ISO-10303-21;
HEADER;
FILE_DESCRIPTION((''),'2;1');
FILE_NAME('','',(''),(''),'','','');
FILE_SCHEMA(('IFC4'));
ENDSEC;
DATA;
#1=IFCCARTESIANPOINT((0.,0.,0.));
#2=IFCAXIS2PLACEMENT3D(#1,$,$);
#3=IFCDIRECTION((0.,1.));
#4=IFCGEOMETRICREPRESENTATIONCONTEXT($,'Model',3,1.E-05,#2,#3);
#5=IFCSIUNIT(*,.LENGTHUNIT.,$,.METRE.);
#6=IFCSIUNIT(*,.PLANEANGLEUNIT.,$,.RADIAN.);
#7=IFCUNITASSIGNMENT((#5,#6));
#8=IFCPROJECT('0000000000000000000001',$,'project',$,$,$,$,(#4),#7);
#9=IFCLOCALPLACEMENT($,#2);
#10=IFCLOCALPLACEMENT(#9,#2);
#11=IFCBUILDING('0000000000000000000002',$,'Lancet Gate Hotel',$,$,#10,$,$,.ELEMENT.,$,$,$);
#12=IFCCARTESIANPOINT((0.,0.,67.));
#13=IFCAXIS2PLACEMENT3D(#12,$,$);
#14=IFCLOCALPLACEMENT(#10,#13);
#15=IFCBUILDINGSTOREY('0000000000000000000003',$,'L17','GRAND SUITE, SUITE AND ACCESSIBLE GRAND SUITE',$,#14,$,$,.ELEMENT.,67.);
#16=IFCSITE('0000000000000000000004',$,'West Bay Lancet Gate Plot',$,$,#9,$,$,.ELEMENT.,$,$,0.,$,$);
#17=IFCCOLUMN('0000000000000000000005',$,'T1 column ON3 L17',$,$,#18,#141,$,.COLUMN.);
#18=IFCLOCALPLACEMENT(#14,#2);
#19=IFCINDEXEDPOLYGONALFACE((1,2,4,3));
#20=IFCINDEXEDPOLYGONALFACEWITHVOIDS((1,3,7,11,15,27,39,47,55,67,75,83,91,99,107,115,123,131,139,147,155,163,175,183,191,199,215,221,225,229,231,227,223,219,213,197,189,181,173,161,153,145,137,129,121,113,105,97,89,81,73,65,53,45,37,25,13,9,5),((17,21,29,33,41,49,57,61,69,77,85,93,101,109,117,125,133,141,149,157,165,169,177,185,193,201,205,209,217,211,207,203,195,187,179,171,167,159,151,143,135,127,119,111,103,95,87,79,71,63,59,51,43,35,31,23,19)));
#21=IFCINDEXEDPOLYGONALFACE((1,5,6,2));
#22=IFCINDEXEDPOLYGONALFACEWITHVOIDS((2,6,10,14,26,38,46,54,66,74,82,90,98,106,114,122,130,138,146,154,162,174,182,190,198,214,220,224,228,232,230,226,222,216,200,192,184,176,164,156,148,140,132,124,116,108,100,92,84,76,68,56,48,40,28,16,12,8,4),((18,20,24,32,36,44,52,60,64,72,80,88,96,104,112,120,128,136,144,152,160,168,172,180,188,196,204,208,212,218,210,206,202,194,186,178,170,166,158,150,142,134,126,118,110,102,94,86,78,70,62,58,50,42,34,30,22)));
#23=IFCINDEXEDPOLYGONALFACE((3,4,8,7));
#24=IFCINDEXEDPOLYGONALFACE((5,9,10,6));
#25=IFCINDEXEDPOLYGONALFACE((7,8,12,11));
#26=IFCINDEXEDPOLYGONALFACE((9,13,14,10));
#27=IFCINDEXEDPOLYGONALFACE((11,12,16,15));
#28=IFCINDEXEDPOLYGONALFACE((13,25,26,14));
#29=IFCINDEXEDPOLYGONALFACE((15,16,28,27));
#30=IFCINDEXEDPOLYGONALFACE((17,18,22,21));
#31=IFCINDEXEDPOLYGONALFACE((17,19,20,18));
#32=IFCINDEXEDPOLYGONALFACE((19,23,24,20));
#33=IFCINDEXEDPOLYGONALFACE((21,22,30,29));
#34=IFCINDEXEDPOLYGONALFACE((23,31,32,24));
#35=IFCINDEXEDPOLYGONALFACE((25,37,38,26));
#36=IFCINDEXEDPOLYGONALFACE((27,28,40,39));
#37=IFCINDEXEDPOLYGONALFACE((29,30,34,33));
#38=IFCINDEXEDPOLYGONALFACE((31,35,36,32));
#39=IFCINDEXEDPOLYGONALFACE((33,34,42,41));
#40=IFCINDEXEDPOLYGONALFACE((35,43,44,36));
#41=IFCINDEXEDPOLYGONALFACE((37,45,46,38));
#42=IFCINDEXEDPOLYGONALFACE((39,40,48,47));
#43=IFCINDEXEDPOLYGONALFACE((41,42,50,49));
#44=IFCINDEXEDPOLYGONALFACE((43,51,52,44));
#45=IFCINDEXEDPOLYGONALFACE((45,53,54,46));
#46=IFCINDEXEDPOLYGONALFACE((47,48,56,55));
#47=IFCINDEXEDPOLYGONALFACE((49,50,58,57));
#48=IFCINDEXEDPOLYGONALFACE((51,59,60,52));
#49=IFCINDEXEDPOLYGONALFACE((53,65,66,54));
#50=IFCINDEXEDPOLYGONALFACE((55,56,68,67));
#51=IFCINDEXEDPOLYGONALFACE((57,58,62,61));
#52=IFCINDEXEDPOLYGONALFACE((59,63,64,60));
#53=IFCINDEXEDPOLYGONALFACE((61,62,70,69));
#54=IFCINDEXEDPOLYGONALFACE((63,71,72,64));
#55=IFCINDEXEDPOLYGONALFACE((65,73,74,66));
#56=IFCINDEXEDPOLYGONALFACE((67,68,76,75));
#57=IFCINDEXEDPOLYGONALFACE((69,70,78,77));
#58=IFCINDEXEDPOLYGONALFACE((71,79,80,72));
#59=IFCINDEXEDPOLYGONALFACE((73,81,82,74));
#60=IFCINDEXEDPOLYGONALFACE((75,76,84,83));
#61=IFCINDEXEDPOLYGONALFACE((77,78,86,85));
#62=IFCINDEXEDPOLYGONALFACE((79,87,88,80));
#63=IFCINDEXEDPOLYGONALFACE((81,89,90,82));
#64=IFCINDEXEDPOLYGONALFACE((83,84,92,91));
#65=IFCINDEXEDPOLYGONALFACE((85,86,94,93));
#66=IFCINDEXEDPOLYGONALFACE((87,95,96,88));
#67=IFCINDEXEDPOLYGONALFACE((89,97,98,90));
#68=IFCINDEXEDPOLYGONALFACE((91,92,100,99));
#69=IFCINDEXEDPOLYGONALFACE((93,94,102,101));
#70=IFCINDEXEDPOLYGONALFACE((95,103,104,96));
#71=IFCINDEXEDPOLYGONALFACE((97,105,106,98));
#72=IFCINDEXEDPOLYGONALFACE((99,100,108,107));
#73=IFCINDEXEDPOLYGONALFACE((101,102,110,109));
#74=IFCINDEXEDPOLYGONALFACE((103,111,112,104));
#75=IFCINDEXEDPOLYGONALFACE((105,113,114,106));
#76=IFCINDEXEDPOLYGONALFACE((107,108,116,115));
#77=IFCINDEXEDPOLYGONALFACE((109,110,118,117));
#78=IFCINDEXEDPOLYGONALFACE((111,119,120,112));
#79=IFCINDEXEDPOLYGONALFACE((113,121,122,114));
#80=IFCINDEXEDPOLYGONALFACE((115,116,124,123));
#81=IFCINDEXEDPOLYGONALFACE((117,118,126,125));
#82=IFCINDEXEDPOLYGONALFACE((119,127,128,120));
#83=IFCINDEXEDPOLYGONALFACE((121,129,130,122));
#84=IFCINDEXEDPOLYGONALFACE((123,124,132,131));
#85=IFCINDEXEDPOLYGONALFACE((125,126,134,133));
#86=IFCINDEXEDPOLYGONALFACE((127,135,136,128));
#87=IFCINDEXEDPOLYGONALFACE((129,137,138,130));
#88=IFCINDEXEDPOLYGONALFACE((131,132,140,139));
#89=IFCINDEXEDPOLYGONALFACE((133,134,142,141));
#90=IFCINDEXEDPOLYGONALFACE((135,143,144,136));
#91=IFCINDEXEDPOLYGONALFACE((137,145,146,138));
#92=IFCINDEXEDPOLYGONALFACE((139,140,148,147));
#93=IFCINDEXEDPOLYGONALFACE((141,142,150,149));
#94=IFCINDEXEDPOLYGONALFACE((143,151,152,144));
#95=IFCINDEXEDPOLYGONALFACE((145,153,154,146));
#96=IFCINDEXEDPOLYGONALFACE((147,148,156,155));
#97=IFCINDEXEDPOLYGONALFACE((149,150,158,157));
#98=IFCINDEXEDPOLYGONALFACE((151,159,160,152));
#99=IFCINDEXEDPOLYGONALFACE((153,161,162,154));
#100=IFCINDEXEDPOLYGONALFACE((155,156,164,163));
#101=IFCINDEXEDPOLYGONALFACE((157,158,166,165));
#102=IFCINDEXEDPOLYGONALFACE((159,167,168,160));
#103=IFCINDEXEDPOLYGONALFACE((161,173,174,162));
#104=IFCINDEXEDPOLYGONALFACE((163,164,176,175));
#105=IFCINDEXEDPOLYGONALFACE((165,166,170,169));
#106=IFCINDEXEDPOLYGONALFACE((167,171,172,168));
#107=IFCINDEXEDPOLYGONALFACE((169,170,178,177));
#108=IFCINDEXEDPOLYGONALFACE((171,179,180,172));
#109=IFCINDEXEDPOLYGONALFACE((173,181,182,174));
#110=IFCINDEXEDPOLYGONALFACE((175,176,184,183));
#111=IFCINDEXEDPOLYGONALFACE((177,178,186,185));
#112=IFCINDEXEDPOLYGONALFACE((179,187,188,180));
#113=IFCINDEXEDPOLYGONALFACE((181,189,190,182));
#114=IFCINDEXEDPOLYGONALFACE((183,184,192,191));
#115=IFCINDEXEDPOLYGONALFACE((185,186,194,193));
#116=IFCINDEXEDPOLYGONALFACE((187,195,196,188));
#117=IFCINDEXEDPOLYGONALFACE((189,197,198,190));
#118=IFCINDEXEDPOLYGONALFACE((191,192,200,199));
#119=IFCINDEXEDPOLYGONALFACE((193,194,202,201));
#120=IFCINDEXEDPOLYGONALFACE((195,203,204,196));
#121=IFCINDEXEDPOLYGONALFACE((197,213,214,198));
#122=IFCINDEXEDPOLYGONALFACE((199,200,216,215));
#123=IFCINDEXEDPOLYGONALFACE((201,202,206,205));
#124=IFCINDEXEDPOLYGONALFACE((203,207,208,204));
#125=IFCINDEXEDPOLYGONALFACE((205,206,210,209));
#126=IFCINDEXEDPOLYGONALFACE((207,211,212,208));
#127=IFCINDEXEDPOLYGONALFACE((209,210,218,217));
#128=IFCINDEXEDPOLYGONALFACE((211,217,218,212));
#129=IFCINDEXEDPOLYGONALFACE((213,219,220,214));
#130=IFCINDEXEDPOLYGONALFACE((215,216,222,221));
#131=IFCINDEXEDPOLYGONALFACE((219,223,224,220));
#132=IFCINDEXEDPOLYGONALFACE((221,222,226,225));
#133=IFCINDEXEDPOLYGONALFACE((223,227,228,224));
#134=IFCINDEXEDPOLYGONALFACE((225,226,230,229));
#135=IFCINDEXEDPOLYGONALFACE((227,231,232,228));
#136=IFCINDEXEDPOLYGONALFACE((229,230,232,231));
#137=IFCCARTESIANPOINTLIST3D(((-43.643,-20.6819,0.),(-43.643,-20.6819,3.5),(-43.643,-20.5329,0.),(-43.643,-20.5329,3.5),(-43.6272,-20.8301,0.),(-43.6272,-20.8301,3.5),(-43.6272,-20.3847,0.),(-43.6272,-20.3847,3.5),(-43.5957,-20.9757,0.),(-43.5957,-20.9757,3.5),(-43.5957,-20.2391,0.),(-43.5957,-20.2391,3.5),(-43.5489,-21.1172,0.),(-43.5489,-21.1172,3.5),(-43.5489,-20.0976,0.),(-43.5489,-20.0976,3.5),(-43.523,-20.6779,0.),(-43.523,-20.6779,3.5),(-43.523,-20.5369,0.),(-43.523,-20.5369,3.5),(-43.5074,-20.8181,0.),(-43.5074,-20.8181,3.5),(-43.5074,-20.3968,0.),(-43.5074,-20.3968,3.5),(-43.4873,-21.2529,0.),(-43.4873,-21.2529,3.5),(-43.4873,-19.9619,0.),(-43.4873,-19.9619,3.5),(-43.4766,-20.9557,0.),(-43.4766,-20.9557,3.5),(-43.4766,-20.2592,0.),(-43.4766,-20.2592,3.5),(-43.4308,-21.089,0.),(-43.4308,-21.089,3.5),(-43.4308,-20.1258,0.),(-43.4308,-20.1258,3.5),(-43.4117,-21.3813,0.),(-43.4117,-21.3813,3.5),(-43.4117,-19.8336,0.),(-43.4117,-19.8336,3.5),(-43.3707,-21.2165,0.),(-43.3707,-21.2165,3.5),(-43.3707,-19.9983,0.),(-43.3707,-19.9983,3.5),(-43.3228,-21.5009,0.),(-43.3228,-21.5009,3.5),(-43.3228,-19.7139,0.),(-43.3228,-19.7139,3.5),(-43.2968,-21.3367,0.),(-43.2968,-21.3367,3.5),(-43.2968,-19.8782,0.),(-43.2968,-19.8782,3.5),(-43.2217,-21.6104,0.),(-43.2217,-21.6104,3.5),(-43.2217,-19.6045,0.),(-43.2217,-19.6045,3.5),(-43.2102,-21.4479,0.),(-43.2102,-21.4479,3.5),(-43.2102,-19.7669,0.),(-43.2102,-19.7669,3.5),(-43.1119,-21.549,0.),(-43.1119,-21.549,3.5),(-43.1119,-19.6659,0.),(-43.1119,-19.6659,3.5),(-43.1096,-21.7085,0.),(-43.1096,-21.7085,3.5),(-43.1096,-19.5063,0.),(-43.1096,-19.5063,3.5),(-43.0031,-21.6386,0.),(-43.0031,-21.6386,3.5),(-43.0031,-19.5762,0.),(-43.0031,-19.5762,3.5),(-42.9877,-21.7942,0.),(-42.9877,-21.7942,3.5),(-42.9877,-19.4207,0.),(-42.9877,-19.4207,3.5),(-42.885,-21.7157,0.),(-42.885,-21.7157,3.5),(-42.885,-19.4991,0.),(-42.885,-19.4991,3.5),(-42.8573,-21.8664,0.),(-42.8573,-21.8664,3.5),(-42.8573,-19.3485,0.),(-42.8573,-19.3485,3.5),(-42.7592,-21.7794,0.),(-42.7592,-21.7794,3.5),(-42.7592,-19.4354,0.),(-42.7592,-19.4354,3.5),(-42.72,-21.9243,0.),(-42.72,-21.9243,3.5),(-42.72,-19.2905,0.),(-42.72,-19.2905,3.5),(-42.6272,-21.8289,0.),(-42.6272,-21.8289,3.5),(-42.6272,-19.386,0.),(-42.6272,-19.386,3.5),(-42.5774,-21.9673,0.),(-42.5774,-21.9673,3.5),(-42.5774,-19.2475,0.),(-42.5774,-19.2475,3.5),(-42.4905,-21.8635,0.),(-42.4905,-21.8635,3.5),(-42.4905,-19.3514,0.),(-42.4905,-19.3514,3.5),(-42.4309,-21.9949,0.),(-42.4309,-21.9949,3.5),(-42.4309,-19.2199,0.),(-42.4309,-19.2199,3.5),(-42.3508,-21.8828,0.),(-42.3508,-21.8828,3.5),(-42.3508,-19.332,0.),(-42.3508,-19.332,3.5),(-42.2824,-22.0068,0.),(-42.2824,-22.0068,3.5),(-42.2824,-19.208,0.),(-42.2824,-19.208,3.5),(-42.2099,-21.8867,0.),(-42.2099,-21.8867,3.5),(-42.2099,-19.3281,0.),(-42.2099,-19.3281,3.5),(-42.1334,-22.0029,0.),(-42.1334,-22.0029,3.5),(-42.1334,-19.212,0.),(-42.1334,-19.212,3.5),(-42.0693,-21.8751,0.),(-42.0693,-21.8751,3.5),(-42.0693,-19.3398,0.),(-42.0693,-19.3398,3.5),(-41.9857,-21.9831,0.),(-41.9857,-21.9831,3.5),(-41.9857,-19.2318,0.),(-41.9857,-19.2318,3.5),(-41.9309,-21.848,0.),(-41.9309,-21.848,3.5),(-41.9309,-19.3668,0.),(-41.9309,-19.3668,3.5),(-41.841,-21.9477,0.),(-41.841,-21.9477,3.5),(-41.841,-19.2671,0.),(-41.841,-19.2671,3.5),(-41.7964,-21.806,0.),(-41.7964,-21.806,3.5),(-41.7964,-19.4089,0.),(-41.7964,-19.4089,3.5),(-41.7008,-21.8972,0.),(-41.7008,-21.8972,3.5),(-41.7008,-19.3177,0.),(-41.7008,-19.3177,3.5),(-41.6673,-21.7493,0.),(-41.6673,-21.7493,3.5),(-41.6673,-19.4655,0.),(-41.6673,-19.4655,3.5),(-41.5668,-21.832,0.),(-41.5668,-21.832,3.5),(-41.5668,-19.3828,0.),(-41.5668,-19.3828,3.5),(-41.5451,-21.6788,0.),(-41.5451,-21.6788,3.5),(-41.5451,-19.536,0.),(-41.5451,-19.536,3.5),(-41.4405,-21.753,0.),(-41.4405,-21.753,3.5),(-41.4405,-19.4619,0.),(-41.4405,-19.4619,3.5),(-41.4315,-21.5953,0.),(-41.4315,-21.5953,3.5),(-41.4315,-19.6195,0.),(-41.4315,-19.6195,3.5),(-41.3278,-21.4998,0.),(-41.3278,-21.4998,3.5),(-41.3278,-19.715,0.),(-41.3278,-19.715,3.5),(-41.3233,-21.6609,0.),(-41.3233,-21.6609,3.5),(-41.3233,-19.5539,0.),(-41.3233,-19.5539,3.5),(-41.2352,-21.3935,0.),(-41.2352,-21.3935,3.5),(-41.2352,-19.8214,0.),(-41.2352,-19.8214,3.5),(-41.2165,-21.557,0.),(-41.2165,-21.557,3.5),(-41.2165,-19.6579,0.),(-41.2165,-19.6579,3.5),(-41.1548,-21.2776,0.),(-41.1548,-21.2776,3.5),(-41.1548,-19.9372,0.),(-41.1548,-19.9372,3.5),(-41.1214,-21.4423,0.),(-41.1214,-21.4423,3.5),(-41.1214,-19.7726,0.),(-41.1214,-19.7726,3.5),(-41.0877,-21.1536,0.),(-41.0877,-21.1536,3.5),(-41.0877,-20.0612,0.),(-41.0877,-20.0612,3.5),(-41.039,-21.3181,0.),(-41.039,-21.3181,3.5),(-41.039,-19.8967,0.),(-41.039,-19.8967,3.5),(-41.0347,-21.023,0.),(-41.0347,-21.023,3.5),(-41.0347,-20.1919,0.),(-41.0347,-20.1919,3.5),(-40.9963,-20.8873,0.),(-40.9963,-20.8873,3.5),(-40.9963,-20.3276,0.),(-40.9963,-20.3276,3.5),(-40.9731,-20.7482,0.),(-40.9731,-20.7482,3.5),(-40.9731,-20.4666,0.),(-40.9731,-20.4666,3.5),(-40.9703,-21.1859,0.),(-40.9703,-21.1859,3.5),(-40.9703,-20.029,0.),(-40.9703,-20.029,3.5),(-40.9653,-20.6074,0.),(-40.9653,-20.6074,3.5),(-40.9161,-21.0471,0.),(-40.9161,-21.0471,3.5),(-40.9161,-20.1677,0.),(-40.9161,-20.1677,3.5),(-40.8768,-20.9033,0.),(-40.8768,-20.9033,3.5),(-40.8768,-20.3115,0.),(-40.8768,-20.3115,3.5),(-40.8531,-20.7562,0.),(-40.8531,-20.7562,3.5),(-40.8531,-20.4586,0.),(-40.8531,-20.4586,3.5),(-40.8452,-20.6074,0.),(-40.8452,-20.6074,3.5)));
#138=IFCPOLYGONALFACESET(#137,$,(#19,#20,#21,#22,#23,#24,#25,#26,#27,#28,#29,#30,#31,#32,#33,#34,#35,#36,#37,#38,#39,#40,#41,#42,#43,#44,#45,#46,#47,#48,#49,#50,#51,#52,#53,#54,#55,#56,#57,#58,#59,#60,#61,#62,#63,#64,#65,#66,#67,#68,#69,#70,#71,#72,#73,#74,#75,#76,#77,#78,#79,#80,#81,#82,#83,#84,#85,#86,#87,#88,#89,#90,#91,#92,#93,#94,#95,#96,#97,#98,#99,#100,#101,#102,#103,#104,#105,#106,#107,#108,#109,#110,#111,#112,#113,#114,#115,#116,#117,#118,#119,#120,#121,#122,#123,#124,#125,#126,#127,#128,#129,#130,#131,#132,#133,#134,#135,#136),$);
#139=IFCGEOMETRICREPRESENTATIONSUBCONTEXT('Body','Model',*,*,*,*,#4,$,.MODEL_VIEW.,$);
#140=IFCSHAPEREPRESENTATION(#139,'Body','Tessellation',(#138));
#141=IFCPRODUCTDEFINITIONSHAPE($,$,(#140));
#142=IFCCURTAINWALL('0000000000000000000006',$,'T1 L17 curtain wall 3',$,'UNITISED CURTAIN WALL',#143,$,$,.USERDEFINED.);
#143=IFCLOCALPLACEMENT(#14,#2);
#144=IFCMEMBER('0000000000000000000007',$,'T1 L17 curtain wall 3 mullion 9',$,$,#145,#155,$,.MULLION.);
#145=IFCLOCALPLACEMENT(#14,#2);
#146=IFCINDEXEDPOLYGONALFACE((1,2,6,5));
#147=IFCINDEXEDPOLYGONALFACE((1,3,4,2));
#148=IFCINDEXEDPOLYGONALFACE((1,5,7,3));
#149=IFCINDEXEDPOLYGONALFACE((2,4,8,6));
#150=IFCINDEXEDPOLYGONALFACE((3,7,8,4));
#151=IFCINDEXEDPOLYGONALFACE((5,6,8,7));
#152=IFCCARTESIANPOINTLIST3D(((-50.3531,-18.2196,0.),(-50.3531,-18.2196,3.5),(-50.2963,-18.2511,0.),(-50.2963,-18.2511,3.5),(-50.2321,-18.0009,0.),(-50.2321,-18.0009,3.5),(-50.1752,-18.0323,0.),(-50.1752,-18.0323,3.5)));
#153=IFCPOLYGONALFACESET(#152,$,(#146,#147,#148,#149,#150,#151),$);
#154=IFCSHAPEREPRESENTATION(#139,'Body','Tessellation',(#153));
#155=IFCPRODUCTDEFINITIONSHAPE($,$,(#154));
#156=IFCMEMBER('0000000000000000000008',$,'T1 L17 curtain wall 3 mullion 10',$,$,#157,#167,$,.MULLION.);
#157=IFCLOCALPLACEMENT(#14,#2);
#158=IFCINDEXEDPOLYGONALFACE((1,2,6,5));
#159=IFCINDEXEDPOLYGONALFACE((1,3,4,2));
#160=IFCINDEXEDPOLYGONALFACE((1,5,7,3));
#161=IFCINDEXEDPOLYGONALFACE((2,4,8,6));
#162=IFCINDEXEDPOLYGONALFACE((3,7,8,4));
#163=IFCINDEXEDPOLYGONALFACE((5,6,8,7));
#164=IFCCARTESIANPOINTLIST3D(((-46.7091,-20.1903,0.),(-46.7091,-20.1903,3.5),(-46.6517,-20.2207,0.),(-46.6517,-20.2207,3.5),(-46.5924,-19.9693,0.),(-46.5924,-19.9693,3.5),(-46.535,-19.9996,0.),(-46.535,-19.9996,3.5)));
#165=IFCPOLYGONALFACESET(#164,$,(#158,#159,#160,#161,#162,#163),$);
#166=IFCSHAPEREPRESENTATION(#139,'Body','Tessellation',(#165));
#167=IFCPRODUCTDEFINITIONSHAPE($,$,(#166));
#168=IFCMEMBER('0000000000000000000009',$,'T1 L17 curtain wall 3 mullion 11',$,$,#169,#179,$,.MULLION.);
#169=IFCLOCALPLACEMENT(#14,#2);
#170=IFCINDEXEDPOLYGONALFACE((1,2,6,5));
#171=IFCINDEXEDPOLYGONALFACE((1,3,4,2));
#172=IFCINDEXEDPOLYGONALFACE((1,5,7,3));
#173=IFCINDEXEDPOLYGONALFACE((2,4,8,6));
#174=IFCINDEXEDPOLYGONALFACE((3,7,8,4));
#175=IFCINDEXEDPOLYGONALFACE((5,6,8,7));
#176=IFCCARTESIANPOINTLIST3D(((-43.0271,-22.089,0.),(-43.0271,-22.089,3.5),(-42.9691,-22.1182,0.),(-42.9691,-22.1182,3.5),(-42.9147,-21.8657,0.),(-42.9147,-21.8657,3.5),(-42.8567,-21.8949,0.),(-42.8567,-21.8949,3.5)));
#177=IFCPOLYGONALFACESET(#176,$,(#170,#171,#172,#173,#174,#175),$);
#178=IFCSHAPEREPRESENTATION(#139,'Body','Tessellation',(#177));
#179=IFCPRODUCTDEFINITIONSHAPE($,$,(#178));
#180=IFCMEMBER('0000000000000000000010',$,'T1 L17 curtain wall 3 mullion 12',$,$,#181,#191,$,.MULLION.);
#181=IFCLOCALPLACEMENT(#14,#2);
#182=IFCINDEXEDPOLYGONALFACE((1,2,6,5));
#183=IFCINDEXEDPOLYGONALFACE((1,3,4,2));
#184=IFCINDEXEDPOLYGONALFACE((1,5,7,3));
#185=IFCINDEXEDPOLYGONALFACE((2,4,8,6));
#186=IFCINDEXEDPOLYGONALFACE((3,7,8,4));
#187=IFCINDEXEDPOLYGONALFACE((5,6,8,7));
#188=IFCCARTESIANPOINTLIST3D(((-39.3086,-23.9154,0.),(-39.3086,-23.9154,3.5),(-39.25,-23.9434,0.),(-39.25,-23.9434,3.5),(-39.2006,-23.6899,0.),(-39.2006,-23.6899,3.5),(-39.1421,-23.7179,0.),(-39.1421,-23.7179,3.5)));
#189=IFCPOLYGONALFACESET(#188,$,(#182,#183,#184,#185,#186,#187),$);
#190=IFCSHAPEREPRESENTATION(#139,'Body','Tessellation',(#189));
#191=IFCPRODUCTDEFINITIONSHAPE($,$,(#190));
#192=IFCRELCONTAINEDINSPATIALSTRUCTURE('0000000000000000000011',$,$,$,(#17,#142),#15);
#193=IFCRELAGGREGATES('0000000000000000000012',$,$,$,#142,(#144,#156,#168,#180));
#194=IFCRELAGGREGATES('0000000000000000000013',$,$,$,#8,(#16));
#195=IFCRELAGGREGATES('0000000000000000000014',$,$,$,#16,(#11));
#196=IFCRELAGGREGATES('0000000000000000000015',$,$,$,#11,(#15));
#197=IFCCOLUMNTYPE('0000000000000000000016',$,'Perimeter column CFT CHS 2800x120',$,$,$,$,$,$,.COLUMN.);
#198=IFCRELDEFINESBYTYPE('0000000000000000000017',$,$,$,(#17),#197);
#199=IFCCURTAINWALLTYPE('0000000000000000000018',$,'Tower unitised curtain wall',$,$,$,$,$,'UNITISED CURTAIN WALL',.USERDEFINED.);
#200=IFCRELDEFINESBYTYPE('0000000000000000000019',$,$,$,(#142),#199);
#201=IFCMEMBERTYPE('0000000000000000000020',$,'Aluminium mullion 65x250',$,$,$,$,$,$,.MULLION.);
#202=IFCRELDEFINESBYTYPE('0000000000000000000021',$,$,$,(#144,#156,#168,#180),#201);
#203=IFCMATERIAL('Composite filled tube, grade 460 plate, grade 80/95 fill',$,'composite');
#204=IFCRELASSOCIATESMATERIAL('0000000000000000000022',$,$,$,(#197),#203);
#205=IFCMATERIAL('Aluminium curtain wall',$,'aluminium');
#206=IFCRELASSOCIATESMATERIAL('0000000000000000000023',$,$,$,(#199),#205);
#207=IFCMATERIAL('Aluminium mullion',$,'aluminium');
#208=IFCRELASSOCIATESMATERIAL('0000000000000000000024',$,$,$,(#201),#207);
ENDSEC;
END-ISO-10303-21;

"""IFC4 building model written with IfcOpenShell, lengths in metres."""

from ifc_helpers import new_model, si_unit, direction, frame, origin, origin_2d, place, context, subcontext, project, spatial, rectangle, hollow_circle, extrude, material, material_profile, profile_set, type_object, element, aggregate, save


model = new_model("IFC4")

# Units and contexts
model_context = context("Model", 3, precision=1e-05, world=origin(), true_north=direction((0.0, 1.0)))
body_context = subcontext(model_context, "Body", "Model", "MODEL_VIEW")
ifc_project = project(units=[si_unit("LENGTHUNIT", "METRE"), si_unit("PLANEANGLEUNIT", "RADIAN")], contexts=[model_context])

# Site, building, storey
site_placement = place(None, origin())
site = spatial("IfcSite", under=ifc_project, at=site_placement, Name="West Bay Lancet Gate Plot", CompositionType="ELEMENT", RefElevation=0.0)
building_placement = place(site_placement, origin())
building = spatial("IfcBuilding", under=site, at=building_placement, Name="Lancet Gate Hotel", CompositionType="ELEMENT")
storey_placement = place(building_placement, frame((0.0, 0.0, 67.0)))
storey = spatial("IfcBuildingStorey", under=building, at=storey_placement, Name="L17", Description="GRAND SUITE, SUITE AND ACCESSIBLE GRAND SUITE", CompositionType="ELEMENT", Elevation=67.0)

# Column
ifc_material_1 = material(Name="Composite filled tube, grade 460 plate, grade 80/95 fill", Category="composite")
ifc_material_profile_1 = material_profile(ifc_material_1, hollow_circle(Radius=1.3999, WallThickness=0.1201, at=origin_2d()), Name="CHS 2800x120")
ifc_profile_set_1 = profile_set([ifc_material_profile_1], Name="Composite filled tube, grade 460 plate, grade 80/95 fill")
column_type = type_object("IfcColumnType", Name="Perimeter column CFT CHS 2800x120", PredefinedType="COLUMN", material=ifc_profile_set_1)
column_placement = place(storey_placement, frame((-42.2451, -20.6074, 0.0), z_axis=(0.0, 0.0, 1.0), x_axis=(1.0, 0.0, 0.0)))
element("IfcColumn", 1, at=column_placement, inside=storey, type_object=column_type, Name="T1 column ON3 L17", PredefinedType="COLUMN", context=body_context, shape_type="SweptSolid", body=[
    extrude(hollow_circle(Radius=1.3999, WallThickness=0.1201, at=origin_2d()), origin(), (0.0, 0.0, 1.0), 3.5),
])

# Curtain wall, members
ifc_material_2 = material(Name="Aluminium curtain wall", Category="aluminium")
curtain_wall_type = type_object("IfcCurtainWallType", Name="Tower unitised curtain wall", ElementType="UNITISED CURTAIN WALL", PredefinedType="USERDEFINED", material=ifc_material_2)
curtain_wall_placement = place(storey_placement, origin())
curtain_wall = element("IfcCurtainWall", 2, at=curtain_wall_placement, inside=storey, type_object=curtain_wall_type, Name="T1 L17 curtain wall 3", ObjectType="UNITISED CURTAIN WALL", PredefinedType="USERDEFINED")
ifc_material_3 = material(Name="Aluminium mullion", Category="aluminium")
ifc_material_profile_2 = material_profile(ifc_material_3, rectangle(XDim=0.0649, YDim=0.25, at=origin_2d()), Name="MULLION 65x250")
ifc_profile_set_2 = profile_set([ifc_material_profile_2], Name="Aluminium mullion")
member_type_1 = type_object("IfcMemberType", Name="Aluminium mullion 65x250", PredefinedType="MULLION", material=ifc_profile_set_2)
member_1_placement = place(storey_placement, frame((-50.2642, -18.126, 0.0), z_axis=(0.0, 0.0, 1.0), x_axis=(0.874991, -0.484139, 0.0)))
member_1 = element("IfcMember", 3, at=member_1_placement, type_object=member_type_1, Name="T1 L17 curtain wall 3 mullion 9", PredefinedType="MULLION", context=body_context, shape_type="SweptSolid", body=[
    extrude(rectangle(XDim=0.0649, YDim=0.25, at=origin_2d()), origin(), (0.0, 0.0, 1.0), 3.5),
])
member_2_placement = place(storey_placement, frame((-46.6221, -20.095, 0.0), z_axis=(0.0, 0.0, 1.0), x_axis=(0.884311, -0.466898, 0.0)))
member_2 = element("IfcMember", 4, at=member_2_placement, type_object=member_type_1, Name="T1 L17 curtain wall 3 mullion 10", PredefinedType="MULLION", context=body_context, shape_type="SweptSolid", body=[
    extrude(rectangle(XDim=0.0649, YDim=0.25, at=origin_2d()), origin(), (0.0, 0.0, 1.0), 3.5),
])
member_3_placement = place(storey_placement, frame((-42.9419, -21.9919, 0.0), z_axis=(0.0, 0.0, 1.0), x_axis=(0.893292, -0.449478, 0.0)))
member_3 = element("IfcMember", 5, at=member_3_placement, type_object=member_type_1, Name="T1 L17 curtain wall 3 mullion 11", PredefinedType="MULLION", context=body_context, shape_type="SweptSolid", body=[
    extrude(rectangle(XDim=0.0649, YDim=0.25, at=origin_2d()), origin(), (0.0, 0.0, 1.0), 3.5),
])
member_4_placement = place(storey_placement, frame((-39.2253, -23.8167, 0.0), z_axis=(0.0, 0.0, 1.0), x_axis=(0.901929, -0.431885, 0.0)))
member_4 = element("IfcMember", 6, at=member_4_placement, type_object=member_type_1, Name="T1 L17 curtain wall 3 mullion 12", PredefinedType="MULLION", context=body_context, shape_type="SweptSolid", body=[
    extrude(rectangle(XDim=0.0649, YDim=0.25, at=origin_2d()), origin(), (0.0, 0.0, 1.0), 3.5),
])

aggregate(curtain_wall, [member_1, member_2, member_3, member_4])

save(model, "model.ifc")
